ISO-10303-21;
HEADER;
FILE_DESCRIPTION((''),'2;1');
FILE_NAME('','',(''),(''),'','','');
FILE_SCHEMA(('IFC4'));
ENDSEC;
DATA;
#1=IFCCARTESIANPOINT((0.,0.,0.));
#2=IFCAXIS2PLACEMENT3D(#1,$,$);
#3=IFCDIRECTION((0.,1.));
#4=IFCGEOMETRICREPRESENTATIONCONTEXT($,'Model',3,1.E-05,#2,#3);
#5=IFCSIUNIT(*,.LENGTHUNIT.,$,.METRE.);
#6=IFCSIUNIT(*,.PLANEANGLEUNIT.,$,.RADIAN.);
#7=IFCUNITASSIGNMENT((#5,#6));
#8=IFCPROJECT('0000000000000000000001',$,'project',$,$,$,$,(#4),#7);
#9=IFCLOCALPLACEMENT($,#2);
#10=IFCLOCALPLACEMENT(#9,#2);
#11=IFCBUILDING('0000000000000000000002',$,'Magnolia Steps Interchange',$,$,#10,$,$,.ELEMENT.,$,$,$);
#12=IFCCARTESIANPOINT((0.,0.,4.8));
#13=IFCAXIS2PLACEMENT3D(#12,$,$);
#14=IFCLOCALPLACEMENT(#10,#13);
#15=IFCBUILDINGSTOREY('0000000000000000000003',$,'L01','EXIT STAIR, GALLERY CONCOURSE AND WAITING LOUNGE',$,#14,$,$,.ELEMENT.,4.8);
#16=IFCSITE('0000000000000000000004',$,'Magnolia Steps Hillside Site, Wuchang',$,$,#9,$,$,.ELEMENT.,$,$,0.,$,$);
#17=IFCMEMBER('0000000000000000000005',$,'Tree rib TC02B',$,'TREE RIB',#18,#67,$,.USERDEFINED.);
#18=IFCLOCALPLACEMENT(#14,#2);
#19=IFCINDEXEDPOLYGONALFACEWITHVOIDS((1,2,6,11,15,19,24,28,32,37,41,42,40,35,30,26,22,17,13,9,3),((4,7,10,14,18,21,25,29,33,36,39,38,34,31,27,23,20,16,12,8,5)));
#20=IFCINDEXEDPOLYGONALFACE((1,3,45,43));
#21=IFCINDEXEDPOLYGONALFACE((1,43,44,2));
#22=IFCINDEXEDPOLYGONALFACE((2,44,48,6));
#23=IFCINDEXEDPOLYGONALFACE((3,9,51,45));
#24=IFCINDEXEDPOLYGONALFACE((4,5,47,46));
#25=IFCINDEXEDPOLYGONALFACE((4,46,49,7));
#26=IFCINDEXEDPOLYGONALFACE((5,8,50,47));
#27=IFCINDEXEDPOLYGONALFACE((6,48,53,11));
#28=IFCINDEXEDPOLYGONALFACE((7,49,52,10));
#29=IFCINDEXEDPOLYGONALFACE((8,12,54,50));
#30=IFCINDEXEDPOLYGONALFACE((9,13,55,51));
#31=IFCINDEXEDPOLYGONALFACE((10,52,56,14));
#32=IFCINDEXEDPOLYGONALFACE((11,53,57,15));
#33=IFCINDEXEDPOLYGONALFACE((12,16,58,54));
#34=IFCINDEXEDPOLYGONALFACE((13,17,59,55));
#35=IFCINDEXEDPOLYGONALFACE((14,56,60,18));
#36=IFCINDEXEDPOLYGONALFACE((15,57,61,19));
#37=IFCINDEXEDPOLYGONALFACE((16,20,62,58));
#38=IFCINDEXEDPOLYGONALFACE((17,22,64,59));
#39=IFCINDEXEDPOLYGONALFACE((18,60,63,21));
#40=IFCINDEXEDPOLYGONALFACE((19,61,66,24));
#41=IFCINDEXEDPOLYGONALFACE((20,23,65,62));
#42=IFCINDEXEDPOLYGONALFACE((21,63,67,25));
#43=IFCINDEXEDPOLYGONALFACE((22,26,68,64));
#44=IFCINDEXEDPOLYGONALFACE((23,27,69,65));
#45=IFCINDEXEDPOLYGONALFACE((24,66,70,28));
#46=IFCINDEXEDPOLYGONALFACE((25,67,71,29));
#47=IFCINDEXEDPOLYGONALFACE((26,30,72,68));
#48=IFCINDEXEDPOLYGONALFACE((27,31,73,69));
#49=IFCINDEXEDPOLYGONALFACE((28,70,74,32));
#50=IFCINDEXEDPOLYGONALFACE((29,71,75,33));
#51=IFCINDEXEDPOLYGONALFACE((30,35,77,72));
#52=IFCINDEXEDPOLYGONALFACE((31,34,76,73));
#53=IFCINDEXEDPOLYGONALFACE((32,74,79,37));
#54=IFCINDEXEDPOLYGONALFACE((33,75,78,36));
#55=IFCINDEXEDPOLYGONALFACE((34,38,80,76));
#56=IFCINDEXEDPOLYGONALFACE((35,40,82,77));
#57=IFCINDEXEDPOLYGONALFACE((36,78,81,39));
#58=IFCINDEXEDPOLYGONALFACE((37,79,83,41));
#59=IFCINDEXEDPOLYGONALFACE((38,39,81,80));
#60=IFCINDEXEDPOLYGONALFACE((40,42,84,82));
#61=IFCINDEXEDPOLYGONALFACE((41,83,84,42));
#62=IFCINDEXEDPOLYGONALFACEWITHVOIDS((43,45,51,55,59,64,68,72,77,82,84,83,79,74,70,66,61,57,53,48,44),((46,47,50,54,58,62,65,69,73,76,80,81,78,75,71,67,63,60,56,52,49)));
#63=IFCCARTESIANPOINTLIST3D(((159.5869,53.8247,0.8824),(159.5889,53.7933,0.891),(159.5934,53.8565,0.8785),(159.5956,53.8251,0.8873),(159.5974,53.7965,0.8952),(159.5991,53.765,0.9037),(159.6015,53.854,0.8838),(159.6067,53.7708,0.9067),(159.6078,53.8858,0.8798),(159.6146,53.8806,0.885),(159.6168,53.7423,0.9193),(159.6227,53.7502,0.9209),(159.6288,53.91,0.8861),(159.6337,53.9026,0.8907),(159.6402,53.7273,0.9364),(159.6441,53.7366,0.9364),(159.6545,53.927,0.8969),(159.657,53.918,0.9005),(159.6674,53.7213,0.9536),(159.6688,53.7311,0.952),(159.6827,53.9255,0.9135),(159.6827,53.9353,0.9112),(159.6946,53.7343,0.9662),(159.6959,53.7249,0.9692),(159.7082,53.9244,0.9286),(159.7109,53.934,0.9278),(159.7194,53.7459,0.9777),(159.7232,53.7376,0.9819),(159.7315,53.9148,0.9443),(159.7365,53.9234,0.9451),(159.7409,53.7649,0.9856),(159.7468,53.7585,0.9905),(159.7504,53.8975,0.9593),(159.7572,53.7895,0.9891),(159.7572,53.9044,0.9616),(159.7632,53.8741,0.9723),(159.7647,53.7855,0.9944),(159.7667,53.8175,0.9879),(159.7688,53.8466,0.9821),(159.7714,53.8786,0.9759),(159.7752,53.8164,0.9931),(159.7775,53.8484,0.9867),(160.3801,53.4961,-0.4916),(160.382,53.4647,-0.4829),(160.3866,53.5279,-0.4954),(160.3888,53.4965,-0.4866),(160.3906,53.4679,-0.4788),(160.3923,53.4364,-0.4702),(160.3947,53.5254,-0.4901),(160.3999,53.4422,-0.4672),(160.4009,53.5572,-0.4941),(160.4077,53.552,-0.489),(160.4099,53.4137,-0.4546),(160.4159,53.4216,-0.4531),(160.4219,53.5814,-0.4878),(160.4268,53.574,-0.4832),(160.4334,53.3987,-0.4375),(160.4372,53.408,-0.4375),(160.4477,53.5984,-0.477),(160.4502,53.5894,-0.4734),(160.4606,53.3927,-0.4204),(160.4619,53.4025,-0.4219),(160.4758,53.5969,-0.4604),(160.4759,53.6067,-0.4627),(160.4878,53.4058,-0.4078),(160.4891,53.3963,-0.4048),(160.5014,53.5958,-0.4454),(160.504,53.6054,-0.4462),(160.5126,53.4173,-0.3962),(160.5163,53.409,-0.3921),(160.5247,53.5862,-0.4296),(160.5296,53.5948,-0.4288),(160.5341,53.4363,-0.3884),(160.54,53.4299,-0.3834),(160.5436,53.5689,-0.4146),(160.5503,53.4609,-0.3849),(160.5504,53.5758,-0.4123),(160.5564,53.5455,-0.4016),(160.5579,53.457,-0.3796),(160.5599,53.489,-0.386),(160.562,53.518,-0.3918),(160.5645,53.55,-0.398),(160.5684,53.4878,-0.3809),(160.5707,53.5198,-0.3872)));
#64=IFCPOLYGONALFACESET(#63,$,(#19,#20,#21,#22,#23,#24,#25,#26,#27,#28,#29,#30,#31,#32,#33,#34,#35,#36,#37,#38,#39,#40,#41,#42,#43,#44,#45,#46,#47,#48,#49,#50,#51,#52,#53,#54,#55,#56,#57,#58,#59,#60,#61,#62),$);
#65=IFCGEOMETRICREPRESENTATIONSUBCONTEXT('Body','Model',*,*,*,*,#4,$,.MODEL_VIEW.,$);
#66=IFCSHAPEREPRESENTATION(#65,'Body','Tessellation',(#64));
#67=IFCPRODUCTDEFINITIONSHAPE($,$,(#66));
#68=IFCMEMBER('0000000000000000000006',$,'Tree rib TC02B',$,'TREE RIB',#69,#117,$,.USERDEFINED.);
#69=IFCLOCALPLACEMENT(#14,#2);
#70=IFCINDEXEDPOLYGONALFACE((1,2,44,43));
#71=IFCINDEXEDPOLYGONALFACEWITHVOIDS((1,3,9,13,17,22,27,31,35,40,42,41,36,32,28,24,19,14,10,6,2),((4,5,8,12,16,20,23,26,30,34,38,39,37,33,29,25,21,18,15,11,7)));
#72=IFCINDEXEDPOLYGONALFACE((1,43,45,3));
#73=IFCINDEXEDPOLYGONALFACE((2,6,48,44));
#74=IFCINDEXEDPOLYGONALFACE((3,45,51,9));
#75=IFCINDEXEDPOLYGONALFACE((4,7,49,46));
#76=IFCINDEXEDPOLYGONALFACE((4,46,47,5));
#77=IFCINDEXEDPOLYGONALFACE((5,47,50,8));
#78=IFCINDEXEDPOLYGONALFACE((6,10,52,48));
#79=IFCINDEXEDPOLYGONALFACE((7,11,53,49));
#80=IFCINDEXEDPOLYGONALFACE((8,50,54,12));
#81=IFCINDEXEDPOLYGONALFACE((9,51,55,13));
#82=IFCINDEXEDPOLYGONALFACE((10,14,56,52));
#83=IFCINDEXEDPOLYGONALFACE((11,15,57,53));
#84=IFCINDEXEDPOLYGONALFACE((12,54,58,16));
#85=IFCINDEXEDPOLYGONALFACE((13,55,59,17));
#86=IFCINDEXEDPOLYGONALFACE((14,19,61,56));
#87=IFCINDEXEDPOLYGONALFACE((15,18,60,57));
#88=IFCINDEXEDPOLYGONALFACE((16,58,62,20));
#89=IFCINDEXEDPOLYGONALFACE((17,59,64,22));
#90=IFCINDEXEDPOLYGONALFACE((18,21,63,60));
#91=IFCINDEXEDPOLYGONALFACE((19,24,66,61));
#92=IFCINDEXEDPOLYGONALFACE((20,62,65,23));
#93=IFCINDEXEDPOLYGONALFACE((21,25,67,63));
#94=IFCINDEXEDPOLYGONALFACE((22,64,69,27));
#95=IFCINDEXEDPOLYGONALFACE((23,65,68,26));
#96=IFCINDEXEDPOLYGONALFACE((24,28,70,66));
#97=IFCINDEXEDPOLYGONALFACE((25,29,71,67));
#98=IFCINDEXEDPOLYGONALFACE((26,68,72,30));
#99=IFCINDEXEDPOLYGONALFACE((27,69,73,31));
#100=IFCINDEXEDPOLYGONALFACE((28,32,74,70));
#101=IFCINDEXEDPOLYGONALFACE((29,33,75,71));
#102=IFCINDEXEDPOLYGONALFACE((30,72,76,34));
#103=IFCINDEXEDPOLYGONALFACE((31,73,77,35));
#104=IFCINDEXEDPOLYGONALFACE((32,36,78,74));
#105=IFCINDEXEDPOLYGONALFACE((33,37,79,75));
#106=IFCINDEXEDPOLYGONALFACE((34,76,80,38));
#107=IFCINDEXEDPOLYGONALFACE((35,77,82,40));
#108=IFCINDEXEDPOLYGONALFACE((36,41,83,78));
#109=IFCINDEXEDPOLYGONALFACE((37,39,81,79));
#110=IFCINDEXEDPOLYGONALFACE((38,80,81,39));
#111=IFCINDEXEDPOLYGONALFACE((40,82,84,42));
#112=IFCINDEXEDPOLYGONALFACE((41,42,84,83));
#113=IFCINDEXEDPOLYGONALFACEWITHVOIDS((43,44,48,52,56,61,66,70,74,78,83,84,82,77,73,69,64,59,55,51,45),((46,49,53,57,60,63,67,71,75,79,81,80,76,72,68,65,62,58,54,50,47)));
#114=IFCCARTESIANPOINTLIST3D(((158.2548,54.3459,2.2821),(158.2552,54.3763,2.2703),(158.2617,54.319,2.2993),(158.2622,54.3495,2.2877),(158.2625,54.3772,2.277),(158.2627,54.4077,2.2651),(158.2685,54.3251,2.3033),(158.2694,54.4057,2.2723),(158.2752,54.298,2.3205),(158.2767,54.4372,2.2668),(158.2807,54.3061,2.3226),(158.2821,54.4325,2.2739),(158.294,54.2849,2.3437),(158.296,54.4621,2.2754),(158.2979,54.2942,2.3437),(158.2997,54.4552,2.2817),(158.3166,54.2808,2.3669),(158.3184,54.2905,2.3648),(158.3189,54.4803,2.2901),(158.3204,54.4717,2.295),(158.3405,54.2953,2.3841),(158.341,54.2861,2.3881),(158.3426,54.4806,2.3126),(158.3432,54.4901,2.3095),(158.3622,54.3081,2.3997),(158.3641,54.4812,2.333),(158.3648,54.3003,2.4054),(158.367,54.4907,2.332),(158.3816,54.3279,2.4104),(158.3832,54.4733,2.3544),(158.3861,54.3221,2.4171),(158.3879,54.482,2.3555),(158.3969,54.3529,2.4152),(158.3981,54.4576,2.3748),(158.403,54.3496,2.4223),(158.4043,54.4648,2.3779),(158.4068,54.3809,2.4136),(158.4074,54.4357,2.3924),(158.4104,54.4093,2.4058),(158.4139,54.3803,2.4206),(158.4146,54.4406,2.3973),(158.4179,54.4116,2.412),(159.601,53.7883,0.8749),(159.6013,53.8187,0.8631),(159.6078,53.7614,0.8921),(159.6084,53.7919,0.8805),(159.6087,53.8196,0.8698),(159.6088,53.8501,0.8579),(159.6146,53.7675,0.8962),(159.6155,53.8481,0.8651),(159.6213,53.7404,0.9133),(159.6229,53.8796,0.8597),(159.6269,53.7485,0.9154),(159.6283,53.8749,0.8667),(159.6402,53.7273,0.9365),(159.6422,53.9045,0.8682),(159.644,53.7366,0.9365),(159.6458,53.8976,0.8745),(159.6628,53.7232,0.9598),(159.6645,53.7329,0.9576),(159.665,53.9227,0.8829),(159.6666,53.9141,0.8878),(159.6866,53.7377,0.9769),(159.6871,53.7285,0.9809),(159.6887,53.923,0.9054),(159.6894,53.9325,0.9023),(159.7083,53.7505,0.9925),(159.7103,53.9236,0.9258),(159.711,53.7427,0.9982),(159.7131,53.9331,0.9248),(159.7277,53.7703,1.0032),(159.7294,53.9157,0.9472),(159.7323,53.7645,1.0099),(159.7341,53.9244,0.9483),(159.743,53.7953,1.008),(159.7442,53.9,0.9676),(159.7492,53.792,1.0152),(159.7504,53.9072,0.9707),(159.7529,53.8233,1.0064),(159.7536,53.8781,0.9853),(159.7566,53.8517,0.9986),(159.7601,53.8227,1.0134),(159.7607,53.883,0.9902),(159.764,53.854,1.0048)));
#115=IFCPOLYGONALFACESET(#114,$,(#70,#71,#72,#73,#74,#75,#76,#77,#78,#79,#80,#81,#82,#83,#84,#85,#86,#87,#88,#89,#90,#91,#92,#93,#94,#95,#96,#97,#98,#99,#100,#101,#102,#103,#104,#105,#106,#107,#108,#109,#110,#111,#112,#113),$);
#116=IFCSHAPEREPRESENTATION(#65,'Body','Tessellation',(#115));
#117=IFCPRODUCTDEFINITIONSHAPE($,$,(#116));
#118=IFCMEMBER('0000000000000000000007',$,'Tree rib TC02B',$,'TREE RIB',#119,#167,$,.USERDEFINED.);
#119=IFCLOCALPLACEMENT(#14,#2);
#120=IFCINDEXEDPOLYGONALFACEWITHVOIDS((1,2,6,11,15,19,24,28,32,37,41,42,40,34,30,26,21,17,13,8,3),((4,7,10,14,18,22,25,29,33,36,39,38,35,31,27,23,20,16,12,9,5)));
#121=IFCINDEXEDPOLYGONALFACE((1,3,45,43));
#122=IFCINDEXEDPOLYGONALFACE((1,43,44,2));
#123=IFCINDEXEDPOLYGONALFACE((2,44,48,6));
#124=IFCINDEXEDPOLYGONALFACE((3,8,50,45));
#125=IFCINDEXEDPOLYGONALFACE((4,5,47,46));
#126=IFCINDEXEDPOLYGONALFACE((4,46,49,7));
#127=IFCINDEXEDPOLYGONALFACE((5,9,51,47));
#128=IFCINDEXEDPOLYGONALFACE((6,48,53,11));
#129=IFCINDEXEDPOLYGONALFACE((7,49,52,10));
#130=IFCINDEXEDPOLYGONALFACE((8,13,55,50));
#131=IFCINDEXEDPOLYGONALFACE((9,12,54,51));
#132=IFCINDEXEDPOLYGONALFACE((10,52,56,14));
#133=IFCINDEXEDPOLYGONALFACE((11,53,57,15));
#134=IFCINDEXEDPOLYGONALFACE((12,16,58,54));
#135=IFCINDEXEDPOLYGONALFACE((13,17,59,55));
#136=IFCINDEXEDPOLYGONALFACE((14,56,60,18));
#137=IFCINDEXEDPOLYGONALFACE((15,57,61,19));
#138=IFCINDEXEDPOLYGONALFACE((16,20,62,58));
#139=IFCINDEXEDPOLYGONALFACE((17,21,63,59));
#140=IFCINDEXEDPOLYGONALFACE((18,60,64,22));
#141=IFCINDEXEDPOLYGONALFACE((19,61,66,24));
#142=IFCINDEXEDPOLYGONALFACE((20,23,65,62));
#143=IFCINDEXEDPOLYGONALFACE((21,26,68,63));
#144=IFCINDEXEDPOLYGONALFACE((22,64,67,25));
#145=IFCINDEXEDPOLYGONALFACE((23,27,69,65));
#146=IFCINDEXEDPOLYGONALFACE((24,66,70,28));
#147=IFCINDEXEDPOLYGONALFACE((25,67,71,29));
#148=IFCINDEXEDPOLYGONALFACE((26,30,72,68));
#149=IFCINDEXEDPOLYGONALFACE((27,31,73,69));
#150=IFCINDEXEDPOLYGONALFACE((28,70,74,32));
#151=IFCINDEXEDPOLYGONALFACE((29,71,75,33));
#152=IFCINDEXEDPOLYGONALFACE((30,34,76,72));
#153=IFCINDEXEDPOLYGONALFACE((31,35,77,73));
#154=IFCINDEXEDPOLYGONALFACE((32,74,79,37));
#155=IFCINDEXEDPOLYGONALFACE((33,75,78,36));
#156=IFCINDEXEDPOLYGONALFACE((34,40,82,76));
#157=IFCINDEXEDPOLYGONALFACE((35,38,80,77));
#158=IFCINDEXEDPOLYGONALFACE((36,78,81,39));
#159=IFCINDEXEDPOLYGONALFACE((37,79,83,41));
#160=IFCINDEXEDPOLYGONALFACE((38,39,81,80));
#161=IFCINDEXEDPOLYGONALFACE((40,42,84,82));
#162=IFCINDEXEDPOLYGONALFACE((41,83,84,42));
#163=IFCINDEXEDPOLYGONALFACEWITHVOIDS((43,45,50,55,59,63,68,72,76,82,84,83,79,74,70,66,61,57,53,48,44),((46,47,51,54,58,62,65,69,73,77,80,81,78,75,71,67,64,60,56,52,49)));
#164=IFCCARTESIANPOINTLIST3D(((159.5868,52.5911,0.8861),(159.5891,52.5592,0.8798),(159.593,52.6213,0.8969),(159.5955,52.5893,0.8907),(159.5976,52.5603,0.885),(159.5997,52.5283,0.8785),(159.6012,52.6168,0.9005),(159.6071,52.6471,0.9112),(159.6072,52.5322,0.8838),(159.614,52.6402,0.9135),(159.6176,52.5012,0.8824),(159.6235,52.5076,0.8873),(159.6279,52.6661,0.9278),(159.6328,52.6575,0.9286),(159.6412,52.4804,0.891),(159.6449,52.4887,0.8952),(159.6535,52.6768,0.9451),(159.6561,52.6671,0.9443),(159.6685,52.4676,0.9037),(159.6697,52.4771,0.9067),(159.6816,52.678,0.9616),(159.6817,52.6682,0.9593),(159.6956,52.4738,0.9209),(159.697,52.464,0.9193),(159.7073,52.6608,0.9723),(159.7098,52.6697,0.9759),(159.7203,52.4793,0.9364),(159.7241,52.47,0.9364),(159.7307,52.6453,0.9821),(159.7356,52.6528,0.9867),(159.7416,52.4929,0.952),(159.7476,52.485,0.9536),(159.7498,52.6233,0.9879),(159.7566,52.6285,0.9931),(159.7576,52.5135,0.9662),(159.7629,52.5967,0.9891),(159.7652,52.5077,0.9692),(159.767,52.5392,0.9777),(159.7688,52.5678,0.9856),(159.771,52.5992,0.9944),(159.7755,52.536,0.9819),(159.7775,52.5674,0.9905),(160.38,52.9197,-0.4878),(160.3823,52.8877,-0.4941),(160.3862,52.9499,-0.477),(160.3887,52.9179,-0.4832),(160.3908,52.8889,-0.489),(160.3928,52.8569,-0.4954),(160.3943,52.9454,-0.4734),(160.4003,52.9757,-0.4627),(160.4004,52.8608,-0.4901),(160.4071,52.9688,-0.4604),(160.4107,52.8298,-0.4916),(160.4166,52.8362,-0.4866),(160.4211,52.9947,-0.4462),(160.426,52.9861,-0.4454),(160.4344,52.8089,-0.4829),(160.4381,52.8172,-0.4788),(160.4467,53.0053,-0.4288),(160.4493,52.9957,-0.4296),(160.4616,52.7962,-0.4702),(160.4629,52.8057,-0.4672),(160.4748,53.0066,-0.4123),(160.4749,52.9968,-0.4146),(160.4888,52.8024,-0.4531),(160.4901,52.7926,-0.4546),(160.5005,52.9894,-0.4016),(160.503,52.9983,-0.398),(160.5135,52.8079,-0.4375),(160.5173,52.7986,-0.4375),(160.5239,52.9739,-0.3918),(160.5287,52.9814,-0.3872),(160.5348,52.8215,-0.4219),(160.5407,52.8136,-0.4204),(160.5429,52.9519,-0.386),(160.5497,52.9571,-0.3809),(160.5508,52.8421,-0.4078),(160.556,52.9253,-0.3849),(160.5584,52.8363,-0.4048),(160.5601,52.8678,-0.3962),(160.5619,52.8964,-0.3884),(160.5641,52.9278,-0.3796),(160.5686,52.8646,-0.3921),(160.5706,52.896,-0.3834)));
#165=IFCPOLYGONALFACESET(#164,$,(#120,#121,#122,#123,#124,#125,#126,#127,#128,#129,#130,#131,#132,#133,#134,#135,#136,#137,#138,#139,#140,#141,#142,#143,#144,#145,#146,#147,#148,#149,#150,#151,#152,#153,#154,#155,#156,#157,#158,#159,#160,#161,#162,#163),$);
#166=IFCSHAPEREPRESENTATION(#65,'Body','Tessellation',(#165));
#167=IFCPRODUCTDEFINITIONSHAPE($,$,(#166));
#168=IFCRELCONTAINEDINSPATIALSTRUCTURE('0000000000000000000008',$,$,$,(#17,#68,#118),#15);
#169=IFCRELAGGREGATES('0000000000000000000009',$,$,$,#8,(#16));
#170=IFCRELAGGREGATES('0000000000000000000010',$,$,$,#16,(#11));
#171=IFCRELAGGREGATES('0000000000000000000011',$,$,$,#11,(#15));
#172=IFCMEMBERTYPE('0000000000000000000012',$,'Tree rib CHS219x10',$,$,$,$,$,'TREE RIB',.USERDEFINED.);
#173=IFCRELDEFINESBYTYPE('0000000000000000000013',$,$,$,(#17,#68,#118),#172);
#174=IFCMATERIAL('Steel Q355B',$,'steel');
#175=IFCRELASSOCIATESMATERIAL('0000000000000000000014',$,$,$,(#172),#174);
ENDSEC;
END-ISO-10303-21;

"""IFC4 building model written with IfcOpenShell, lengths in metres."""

from ifc_helpers import new_model, si_unit, direction, frame, origin, origin_2d, place, context, subcontext, project, spatial, hollow_circle, extrude, material, material_profile, profile_set, type_object, element, save


model = new_model("IFC4")

# Units and contexts
model_context = context("Model", 3, precision=1e-05, world=origin(), true_north=direction((0.0, 1.0)))
body_context = subcontext(model_context, "Body", "Model", "MODEL_VIEW")
ifc_project = project(units=[si_unit("LENGTHUNIT", "METRE"), si_unit("PLANEANGLEUNIT", "RADIAN")], contexts=[model_context])

# Site, building, storey
site_placement = place(None, origin())
site = spatial("IfcSite", under=ifc_project, at=site_placement, Name="Magnolia Steps Hillside Site, Wuchang", CompositionType="ELEMENT", RefElevation=0.0)
building_placement = place(site_placement, origin())
building = spatial("IfcBuilding", under=site, at=building_placement, Name="Magnolia Steps Interchange", CompositionType="ELEMENT")
storey_placement = place(building_placement, frame((0.0, 0.0, 4.8)))
storey = spatial("IfcBuildingStorey", under=building, at=storey_placement, Name="L01", Description="EXIT STAIR, GALLERY CONCOURSE AND WAITING LOUNGE", CompositionType="ELEMENT", Elevation=4.8)

# Members
ifc_material_1 = material(Name="Steel Q355B", Category="steel")
ifc_material_profile_1 = material_profile(ifc_material_1, hollow_circle(Radius=0.1096, WallThickness=0.01, at=origin_2d()), Name="CHS219x10")
ifc_profile_set_1 = profile_set([ifc_material_profile_1], Name="Steel Q355B")
member_type = type_object("IfcMemberType", Name="Tree rib CHS219x10", ElementType="TREE RIB", PredefinedType="USERDEFINED", material=ifc_profile_set_1)
member_1_placement = place(storey_placement, frame((160.4753, 53.5, -0.4375), z_axis=(-0.489571, 0.20282, 0.848047), x_axis=(-0.382737, -0.923857, 0.0)))
element("IfcMember", 1, at=member_1_placement, inside=storey, type_object=member_type, Name="Tree rib TC02B", ObjectType="TREE RIB", PredefinedType="USERDEFINED", context=body_context, shape_type="SweptSolid", body=[
    extrude(hollow_circle(Radius=0.1096, WallThickness=0.01, at=origin_2d()), origin(), (0.0, 0.0, 1.0), 1.6201),
])
member_2_placement = place(storey_placement, frame((159.6821, 53.8286, 0.9365), z_axis=(-0.664557, 0.275272, 0.694687), x_axis=(-0.382687, -0.923878, 0.0)))
element("IfcMember", 2, at=member_2_placement, inside=storey, type_object=member_type, Name="Tree rib TC02B", ObjectType="TREE RIB", PredefinedType="USERDEFINED", context=body_context, shape_type="SweptSolid", body=[
    extrude(hollow_circle(Radius=0.1096, WallThickness=0.01, at=origin_2d()), origin(), (0.0, 0.0, 1.0), 2.0256),
])
for number, where, z_axis, x_axis, name in (
    (3, (160.4753, 52.8999, -0.4375), (-0.489571, -0.20282, 0.848047), (0.382737, -0.923857, 0.0), "Tree rib TC02B"),
):
    element("IfcMember", number, at=place(storey_placement, frame(where, z_axis=z_axis, x_axis=x_axis)), inside=storey, type_object=member_type, Name=name, ObjectType="TREE RIB", PredefinedType="USERDEFINED", context=body_context, shape_type="SweptSolid", body=[
        extrude(hollow_circle(Radius=0.1096, WallThickness=0.01, at=origin_2d()), origin(), (0.0, 0.0, 1.0), 1.6201),
    ])

save(model, "model.ifc")
